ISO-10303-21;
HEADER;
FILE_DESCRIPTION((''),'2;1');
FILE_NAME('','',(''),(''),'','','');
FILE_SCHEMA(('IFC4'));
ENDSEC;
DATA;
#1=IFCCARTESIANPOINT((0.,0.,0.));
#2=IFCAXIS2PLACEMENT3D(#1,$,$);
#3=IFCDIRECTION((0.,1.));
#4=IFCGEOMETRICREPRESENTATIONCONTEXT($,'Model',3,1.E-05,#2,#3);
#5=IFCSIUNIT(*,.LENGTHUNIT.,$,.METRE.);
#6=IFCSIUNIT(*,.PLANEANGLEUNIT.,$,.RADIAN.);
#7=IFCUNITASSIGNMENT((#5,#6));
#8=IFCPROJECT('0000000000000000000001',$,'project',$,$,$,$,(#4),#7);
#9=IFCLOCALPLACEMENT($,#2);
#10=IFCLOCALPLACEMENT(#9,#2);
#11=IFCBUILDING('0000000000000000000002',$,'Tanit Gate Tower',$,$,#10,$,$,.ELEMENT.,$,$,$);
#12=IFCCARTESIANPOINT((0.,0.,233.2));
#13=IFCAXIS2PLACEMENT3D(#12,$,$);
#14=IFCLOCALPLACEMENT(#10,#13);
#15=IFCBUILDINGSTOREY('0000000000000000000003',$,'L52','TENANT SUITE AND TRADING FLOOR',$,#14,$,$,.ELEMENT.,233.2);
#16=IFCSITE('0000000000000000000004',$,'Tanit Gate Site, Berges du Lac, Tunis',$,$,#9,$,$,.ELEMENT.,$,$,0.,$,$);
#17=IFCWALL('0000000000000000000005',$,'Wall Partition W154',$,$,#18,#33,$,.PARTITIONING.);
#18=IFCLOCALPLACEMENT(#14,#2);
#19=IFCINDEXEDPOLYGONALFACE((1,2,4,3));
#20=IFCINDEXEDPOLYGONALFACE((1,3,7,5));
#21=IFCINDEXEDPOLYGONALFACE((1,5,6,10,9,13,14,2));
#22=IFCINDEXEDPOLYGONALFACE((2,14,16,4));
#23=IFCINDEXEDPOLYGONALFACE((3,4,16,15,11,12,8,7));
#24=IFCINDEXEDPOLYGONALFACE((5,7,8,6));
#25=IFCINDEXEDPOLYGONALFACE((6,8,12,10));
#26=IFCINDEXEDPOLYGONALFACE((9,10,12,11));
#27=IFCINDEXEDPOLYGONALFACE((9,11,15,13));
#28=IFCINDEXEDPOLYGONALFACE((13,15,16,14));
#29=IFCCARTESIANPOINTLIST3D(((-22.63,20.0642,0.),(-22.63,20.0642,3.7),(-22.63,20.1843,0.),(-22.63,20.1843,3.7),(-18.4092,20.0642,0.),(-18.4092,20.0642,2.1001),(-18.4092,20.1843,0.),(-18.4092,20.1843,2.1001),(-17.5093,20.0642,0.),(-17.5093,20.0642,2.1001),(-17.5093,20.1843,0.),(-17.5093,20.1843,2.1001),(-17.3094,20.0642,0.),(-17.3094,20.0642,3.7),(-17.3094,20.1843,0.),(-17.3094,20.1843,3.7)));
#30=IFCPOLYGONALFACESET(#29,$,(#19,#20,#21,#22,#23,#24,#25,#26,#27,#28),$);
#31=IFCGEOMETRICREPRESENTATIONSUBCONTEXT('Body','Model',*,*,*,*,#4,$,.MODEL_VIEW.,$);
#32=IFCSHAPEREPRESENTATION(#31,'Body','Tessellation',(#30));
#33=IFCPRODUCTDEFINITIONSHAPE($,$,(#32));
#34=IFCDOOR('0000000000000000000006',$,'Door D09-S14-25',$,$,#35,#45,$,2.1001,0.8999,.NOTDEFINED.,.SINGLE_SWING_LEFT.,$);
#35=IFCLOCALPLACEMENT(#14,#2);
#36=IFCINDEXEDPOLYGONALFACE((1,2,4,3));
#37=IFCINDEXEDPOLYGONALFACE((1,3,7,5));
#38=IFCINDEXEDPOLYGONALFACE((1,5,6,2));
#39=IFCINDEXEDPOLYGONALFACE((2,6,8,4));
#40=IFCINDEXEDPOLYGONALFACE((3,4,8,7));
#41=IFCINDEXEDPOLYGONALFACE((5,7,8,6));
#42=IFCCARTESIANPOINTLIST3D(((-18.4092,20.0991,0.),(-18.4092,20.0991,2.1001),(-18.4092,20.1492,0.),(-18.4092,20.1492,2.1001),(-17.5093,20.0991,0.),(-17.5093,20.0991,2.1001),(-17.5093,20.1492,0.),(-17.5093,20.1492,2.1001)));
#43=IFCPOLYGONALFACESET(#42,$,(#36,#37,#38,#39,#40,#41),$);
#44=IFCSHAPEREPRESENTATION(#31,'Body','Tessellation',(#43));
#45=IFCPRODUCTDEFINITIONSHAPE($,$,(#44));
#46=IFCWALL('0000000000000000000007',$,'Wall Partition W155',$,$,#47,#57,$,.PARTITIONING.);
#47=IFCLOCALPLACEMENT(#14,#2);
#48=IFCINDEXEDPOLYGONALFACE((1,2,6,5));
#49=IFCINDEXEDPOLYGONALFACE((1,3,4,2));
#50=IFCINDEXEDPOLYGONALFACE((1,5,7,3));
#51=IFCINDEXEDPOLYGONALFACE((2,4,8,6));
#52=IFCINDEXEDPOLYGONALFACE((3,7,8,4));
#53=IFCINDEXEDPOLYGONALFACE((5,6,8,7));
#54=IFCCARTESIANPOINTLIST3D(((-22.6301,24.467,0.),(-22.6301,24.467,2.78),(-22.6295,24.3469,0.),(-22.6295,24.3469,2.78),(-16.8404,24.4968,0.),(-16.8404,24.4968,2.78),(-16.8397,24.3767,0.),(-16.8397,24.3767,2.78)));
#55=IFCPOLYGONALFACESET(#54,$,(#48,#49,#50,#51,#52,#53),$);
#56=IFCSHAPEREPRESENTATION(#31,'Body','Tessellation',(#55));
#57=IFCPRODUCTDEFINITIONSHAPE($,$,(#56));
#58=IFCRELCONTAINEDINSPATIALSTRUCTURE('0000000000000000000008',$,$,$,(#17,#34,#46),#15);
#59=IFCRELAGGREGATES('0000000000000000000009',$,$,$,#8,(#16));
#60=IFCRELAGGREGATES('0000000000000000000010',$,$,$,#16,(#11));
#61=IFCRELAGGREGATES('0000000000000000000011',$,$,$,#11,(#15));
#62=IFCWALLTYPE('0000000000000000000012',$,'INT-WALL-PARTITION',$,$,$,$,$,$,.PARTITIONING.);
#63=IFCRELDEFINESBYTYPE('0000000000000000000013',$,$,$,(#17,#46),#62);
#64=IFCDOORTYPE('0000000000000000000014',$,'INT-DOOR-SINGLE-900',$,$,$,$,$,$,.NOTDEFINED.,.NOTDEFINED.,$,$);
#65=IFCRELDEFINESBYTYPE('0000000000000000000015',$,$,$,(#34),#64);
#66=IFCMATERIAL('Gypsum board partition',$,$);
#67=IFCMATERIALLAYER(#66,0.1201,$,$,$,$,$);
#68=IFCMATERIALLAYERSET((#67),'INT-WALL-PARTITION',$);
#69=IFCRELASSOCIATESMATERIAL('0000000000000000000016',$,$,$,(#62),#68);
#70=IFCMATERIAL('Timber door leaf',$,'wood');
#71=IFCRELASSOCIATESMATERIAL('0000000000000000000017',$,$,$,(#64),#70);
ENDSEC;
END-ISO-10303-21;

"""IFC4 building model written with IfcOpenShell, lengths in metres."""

from ifc_helpers import new_model, si_unit, direction, frame, frame_2d, origin, place, context, subcontext, project, spatial, rectangle, extrude, material, layer, layer_set, type_object, element, fill, save


model = new_model("IFC4")

# Units and contexts
model_context = context("Model", 3, precision=1e-05, world=origin(), true_north=direction((0.0, 1.0)))
body_context = subcontext(model_context, "Body", "Model", "MODEL_VIEW")
ifc_project = project(units=[si_unit("LENGTHUNIT", "METRE"), si_unit("PLANEANGLEUNIT", "RADIAN")], contexts=[model_context])

# Site, building, storey
site_placement = place(None, origin())
site = spatial("IfcSite", under=ifc_project, at=site_placement, Name="Tanit Gate Site, Berges du Lac, Tunis", CompositionType="ELEMENT", RefElevation=0.0)
building_placement = place(site_placement, origin())
building = spatial("IfcBuilding", under=site, at=building_placement, Name="Tanit Gate Tower", CompositionType="ELEMENT")
storey_placement = place(building_placement, frame((0.0, 0.0, 233.2)))
storey = spatial("IfcBuildingStorey", under=building, at=storey_placement, Name="L52", Description="TENANT SUITE AND TRADING FLOOR", CompositionType="ELEMENT", Elevation=233.2)

# Wall, opening, door
ifc_material_1 = material(Name="Gypsum board partition")
ifc_layer_1 = layer(ifc_material_1, 0.1201)
ifc_layer_set_1 = layer_set([ifc_layer_1], Name="INT-WALL-PARTITION")
wall_type_1 = type_object("IfcWallType", Name="INT-WALL-PARTITION", PredefinedType="PARTITIONING", material=ifc_layer_set_1)
wall_1_placement = place(storey_placement, frame((-22.6299, 20.1243, 0.0), z_axis=(0.0, 0.0, 1.0), x_axis=(1.0, 0.0, 0.0)))
wall_1 = element("IfcWall", 1, at=wall_1_placement, inside=storey, type_object=wall_type_1, Name="Wall Partition W154", PredefinedType="PARTITIONING", context=body_context, shape_type="SweptSolid", body=[
    extrude(rectangle(XDim=5.3206, YDim=0.1201, at=frame_2d((2.6602, 0.0))), origin(), (0.0, 0.0, 1.0), 3.7),
])
opening_placement = place(wall_1_placement, frame((4.2207, 0.0, 0.0)))
opening = element("IfcOpeningElement", 2, at=opening_placement, cuts=wall_1, PredefinedType="OPENING", context=body_context, shape_type="SweptSolid", body=[
    extrude(rectangle(XDim=0.8999, YDim=2.1001, at=frame_2d((0.45, 1.05))), frame((0.0, 0.0701, 0.0), z_axis=(0.0, -1.0, 0.0), x_axis=(1.0, 0.0, 0.0)), (0.0, 0.0, 1.0), 0.1401),
])
ifc_material_2 = material(Name="Timber door leaf", Category="wood")
door_type = type_object("IfcDoorType", Name="INT-DOOR-SINGLE-900", OperationType="NOTDEFINED", PredefinedType="NOTDEFINED", material=ifc_material_2)
door_placement = place(opening_placement, origin())
door = element("IfcDoor", 3, at=door_placement, inside=storey, type_object=door_type, Name="Door D09-S14-25", OperationType="SINGLE_SWING_LEFT", OverallHeight=2.1001, OverallWidth=0.8999, PredefinedType="NOTDEFINED", context=body_context, shape_type="SweptSolid", body=[
    extrude(rectangle(XDim=0.8999, YDim=2.1001, at=frame_2d((0.45, 1.05))), frame((0.0, 0.0249, 0.0), z_axis=(0.0, -1.0, 0.0), x_axis=(1.0, 0.0, 0.0)), (0.0, 0.0, 1.0), 0.05),
])
fill(opening, door)

# Wall
wall_2_placement = place(storey_placement, frame((-22.6299, 24.407, 0.0), z_axis=(0.0, 0.0, 1.0), x_axis=(0.999987, 0.005144, 0.0)))
element("IfcWall", 4, at=wall_2_placement, inside=storey, type_object=wall_type_1, Name="Wall Partition W155", PredefinedType="PARTITIONING", context=body_context, shape_type="SweptSolid", body=[
    extrude(rectangle(XDim=5.7898, YDim=0.1201, at=frame_2d((2.895, 0.0))), origin(), (0.0, 0.0, 1.0), 2.78),
])

save(model, "model.ifc")
